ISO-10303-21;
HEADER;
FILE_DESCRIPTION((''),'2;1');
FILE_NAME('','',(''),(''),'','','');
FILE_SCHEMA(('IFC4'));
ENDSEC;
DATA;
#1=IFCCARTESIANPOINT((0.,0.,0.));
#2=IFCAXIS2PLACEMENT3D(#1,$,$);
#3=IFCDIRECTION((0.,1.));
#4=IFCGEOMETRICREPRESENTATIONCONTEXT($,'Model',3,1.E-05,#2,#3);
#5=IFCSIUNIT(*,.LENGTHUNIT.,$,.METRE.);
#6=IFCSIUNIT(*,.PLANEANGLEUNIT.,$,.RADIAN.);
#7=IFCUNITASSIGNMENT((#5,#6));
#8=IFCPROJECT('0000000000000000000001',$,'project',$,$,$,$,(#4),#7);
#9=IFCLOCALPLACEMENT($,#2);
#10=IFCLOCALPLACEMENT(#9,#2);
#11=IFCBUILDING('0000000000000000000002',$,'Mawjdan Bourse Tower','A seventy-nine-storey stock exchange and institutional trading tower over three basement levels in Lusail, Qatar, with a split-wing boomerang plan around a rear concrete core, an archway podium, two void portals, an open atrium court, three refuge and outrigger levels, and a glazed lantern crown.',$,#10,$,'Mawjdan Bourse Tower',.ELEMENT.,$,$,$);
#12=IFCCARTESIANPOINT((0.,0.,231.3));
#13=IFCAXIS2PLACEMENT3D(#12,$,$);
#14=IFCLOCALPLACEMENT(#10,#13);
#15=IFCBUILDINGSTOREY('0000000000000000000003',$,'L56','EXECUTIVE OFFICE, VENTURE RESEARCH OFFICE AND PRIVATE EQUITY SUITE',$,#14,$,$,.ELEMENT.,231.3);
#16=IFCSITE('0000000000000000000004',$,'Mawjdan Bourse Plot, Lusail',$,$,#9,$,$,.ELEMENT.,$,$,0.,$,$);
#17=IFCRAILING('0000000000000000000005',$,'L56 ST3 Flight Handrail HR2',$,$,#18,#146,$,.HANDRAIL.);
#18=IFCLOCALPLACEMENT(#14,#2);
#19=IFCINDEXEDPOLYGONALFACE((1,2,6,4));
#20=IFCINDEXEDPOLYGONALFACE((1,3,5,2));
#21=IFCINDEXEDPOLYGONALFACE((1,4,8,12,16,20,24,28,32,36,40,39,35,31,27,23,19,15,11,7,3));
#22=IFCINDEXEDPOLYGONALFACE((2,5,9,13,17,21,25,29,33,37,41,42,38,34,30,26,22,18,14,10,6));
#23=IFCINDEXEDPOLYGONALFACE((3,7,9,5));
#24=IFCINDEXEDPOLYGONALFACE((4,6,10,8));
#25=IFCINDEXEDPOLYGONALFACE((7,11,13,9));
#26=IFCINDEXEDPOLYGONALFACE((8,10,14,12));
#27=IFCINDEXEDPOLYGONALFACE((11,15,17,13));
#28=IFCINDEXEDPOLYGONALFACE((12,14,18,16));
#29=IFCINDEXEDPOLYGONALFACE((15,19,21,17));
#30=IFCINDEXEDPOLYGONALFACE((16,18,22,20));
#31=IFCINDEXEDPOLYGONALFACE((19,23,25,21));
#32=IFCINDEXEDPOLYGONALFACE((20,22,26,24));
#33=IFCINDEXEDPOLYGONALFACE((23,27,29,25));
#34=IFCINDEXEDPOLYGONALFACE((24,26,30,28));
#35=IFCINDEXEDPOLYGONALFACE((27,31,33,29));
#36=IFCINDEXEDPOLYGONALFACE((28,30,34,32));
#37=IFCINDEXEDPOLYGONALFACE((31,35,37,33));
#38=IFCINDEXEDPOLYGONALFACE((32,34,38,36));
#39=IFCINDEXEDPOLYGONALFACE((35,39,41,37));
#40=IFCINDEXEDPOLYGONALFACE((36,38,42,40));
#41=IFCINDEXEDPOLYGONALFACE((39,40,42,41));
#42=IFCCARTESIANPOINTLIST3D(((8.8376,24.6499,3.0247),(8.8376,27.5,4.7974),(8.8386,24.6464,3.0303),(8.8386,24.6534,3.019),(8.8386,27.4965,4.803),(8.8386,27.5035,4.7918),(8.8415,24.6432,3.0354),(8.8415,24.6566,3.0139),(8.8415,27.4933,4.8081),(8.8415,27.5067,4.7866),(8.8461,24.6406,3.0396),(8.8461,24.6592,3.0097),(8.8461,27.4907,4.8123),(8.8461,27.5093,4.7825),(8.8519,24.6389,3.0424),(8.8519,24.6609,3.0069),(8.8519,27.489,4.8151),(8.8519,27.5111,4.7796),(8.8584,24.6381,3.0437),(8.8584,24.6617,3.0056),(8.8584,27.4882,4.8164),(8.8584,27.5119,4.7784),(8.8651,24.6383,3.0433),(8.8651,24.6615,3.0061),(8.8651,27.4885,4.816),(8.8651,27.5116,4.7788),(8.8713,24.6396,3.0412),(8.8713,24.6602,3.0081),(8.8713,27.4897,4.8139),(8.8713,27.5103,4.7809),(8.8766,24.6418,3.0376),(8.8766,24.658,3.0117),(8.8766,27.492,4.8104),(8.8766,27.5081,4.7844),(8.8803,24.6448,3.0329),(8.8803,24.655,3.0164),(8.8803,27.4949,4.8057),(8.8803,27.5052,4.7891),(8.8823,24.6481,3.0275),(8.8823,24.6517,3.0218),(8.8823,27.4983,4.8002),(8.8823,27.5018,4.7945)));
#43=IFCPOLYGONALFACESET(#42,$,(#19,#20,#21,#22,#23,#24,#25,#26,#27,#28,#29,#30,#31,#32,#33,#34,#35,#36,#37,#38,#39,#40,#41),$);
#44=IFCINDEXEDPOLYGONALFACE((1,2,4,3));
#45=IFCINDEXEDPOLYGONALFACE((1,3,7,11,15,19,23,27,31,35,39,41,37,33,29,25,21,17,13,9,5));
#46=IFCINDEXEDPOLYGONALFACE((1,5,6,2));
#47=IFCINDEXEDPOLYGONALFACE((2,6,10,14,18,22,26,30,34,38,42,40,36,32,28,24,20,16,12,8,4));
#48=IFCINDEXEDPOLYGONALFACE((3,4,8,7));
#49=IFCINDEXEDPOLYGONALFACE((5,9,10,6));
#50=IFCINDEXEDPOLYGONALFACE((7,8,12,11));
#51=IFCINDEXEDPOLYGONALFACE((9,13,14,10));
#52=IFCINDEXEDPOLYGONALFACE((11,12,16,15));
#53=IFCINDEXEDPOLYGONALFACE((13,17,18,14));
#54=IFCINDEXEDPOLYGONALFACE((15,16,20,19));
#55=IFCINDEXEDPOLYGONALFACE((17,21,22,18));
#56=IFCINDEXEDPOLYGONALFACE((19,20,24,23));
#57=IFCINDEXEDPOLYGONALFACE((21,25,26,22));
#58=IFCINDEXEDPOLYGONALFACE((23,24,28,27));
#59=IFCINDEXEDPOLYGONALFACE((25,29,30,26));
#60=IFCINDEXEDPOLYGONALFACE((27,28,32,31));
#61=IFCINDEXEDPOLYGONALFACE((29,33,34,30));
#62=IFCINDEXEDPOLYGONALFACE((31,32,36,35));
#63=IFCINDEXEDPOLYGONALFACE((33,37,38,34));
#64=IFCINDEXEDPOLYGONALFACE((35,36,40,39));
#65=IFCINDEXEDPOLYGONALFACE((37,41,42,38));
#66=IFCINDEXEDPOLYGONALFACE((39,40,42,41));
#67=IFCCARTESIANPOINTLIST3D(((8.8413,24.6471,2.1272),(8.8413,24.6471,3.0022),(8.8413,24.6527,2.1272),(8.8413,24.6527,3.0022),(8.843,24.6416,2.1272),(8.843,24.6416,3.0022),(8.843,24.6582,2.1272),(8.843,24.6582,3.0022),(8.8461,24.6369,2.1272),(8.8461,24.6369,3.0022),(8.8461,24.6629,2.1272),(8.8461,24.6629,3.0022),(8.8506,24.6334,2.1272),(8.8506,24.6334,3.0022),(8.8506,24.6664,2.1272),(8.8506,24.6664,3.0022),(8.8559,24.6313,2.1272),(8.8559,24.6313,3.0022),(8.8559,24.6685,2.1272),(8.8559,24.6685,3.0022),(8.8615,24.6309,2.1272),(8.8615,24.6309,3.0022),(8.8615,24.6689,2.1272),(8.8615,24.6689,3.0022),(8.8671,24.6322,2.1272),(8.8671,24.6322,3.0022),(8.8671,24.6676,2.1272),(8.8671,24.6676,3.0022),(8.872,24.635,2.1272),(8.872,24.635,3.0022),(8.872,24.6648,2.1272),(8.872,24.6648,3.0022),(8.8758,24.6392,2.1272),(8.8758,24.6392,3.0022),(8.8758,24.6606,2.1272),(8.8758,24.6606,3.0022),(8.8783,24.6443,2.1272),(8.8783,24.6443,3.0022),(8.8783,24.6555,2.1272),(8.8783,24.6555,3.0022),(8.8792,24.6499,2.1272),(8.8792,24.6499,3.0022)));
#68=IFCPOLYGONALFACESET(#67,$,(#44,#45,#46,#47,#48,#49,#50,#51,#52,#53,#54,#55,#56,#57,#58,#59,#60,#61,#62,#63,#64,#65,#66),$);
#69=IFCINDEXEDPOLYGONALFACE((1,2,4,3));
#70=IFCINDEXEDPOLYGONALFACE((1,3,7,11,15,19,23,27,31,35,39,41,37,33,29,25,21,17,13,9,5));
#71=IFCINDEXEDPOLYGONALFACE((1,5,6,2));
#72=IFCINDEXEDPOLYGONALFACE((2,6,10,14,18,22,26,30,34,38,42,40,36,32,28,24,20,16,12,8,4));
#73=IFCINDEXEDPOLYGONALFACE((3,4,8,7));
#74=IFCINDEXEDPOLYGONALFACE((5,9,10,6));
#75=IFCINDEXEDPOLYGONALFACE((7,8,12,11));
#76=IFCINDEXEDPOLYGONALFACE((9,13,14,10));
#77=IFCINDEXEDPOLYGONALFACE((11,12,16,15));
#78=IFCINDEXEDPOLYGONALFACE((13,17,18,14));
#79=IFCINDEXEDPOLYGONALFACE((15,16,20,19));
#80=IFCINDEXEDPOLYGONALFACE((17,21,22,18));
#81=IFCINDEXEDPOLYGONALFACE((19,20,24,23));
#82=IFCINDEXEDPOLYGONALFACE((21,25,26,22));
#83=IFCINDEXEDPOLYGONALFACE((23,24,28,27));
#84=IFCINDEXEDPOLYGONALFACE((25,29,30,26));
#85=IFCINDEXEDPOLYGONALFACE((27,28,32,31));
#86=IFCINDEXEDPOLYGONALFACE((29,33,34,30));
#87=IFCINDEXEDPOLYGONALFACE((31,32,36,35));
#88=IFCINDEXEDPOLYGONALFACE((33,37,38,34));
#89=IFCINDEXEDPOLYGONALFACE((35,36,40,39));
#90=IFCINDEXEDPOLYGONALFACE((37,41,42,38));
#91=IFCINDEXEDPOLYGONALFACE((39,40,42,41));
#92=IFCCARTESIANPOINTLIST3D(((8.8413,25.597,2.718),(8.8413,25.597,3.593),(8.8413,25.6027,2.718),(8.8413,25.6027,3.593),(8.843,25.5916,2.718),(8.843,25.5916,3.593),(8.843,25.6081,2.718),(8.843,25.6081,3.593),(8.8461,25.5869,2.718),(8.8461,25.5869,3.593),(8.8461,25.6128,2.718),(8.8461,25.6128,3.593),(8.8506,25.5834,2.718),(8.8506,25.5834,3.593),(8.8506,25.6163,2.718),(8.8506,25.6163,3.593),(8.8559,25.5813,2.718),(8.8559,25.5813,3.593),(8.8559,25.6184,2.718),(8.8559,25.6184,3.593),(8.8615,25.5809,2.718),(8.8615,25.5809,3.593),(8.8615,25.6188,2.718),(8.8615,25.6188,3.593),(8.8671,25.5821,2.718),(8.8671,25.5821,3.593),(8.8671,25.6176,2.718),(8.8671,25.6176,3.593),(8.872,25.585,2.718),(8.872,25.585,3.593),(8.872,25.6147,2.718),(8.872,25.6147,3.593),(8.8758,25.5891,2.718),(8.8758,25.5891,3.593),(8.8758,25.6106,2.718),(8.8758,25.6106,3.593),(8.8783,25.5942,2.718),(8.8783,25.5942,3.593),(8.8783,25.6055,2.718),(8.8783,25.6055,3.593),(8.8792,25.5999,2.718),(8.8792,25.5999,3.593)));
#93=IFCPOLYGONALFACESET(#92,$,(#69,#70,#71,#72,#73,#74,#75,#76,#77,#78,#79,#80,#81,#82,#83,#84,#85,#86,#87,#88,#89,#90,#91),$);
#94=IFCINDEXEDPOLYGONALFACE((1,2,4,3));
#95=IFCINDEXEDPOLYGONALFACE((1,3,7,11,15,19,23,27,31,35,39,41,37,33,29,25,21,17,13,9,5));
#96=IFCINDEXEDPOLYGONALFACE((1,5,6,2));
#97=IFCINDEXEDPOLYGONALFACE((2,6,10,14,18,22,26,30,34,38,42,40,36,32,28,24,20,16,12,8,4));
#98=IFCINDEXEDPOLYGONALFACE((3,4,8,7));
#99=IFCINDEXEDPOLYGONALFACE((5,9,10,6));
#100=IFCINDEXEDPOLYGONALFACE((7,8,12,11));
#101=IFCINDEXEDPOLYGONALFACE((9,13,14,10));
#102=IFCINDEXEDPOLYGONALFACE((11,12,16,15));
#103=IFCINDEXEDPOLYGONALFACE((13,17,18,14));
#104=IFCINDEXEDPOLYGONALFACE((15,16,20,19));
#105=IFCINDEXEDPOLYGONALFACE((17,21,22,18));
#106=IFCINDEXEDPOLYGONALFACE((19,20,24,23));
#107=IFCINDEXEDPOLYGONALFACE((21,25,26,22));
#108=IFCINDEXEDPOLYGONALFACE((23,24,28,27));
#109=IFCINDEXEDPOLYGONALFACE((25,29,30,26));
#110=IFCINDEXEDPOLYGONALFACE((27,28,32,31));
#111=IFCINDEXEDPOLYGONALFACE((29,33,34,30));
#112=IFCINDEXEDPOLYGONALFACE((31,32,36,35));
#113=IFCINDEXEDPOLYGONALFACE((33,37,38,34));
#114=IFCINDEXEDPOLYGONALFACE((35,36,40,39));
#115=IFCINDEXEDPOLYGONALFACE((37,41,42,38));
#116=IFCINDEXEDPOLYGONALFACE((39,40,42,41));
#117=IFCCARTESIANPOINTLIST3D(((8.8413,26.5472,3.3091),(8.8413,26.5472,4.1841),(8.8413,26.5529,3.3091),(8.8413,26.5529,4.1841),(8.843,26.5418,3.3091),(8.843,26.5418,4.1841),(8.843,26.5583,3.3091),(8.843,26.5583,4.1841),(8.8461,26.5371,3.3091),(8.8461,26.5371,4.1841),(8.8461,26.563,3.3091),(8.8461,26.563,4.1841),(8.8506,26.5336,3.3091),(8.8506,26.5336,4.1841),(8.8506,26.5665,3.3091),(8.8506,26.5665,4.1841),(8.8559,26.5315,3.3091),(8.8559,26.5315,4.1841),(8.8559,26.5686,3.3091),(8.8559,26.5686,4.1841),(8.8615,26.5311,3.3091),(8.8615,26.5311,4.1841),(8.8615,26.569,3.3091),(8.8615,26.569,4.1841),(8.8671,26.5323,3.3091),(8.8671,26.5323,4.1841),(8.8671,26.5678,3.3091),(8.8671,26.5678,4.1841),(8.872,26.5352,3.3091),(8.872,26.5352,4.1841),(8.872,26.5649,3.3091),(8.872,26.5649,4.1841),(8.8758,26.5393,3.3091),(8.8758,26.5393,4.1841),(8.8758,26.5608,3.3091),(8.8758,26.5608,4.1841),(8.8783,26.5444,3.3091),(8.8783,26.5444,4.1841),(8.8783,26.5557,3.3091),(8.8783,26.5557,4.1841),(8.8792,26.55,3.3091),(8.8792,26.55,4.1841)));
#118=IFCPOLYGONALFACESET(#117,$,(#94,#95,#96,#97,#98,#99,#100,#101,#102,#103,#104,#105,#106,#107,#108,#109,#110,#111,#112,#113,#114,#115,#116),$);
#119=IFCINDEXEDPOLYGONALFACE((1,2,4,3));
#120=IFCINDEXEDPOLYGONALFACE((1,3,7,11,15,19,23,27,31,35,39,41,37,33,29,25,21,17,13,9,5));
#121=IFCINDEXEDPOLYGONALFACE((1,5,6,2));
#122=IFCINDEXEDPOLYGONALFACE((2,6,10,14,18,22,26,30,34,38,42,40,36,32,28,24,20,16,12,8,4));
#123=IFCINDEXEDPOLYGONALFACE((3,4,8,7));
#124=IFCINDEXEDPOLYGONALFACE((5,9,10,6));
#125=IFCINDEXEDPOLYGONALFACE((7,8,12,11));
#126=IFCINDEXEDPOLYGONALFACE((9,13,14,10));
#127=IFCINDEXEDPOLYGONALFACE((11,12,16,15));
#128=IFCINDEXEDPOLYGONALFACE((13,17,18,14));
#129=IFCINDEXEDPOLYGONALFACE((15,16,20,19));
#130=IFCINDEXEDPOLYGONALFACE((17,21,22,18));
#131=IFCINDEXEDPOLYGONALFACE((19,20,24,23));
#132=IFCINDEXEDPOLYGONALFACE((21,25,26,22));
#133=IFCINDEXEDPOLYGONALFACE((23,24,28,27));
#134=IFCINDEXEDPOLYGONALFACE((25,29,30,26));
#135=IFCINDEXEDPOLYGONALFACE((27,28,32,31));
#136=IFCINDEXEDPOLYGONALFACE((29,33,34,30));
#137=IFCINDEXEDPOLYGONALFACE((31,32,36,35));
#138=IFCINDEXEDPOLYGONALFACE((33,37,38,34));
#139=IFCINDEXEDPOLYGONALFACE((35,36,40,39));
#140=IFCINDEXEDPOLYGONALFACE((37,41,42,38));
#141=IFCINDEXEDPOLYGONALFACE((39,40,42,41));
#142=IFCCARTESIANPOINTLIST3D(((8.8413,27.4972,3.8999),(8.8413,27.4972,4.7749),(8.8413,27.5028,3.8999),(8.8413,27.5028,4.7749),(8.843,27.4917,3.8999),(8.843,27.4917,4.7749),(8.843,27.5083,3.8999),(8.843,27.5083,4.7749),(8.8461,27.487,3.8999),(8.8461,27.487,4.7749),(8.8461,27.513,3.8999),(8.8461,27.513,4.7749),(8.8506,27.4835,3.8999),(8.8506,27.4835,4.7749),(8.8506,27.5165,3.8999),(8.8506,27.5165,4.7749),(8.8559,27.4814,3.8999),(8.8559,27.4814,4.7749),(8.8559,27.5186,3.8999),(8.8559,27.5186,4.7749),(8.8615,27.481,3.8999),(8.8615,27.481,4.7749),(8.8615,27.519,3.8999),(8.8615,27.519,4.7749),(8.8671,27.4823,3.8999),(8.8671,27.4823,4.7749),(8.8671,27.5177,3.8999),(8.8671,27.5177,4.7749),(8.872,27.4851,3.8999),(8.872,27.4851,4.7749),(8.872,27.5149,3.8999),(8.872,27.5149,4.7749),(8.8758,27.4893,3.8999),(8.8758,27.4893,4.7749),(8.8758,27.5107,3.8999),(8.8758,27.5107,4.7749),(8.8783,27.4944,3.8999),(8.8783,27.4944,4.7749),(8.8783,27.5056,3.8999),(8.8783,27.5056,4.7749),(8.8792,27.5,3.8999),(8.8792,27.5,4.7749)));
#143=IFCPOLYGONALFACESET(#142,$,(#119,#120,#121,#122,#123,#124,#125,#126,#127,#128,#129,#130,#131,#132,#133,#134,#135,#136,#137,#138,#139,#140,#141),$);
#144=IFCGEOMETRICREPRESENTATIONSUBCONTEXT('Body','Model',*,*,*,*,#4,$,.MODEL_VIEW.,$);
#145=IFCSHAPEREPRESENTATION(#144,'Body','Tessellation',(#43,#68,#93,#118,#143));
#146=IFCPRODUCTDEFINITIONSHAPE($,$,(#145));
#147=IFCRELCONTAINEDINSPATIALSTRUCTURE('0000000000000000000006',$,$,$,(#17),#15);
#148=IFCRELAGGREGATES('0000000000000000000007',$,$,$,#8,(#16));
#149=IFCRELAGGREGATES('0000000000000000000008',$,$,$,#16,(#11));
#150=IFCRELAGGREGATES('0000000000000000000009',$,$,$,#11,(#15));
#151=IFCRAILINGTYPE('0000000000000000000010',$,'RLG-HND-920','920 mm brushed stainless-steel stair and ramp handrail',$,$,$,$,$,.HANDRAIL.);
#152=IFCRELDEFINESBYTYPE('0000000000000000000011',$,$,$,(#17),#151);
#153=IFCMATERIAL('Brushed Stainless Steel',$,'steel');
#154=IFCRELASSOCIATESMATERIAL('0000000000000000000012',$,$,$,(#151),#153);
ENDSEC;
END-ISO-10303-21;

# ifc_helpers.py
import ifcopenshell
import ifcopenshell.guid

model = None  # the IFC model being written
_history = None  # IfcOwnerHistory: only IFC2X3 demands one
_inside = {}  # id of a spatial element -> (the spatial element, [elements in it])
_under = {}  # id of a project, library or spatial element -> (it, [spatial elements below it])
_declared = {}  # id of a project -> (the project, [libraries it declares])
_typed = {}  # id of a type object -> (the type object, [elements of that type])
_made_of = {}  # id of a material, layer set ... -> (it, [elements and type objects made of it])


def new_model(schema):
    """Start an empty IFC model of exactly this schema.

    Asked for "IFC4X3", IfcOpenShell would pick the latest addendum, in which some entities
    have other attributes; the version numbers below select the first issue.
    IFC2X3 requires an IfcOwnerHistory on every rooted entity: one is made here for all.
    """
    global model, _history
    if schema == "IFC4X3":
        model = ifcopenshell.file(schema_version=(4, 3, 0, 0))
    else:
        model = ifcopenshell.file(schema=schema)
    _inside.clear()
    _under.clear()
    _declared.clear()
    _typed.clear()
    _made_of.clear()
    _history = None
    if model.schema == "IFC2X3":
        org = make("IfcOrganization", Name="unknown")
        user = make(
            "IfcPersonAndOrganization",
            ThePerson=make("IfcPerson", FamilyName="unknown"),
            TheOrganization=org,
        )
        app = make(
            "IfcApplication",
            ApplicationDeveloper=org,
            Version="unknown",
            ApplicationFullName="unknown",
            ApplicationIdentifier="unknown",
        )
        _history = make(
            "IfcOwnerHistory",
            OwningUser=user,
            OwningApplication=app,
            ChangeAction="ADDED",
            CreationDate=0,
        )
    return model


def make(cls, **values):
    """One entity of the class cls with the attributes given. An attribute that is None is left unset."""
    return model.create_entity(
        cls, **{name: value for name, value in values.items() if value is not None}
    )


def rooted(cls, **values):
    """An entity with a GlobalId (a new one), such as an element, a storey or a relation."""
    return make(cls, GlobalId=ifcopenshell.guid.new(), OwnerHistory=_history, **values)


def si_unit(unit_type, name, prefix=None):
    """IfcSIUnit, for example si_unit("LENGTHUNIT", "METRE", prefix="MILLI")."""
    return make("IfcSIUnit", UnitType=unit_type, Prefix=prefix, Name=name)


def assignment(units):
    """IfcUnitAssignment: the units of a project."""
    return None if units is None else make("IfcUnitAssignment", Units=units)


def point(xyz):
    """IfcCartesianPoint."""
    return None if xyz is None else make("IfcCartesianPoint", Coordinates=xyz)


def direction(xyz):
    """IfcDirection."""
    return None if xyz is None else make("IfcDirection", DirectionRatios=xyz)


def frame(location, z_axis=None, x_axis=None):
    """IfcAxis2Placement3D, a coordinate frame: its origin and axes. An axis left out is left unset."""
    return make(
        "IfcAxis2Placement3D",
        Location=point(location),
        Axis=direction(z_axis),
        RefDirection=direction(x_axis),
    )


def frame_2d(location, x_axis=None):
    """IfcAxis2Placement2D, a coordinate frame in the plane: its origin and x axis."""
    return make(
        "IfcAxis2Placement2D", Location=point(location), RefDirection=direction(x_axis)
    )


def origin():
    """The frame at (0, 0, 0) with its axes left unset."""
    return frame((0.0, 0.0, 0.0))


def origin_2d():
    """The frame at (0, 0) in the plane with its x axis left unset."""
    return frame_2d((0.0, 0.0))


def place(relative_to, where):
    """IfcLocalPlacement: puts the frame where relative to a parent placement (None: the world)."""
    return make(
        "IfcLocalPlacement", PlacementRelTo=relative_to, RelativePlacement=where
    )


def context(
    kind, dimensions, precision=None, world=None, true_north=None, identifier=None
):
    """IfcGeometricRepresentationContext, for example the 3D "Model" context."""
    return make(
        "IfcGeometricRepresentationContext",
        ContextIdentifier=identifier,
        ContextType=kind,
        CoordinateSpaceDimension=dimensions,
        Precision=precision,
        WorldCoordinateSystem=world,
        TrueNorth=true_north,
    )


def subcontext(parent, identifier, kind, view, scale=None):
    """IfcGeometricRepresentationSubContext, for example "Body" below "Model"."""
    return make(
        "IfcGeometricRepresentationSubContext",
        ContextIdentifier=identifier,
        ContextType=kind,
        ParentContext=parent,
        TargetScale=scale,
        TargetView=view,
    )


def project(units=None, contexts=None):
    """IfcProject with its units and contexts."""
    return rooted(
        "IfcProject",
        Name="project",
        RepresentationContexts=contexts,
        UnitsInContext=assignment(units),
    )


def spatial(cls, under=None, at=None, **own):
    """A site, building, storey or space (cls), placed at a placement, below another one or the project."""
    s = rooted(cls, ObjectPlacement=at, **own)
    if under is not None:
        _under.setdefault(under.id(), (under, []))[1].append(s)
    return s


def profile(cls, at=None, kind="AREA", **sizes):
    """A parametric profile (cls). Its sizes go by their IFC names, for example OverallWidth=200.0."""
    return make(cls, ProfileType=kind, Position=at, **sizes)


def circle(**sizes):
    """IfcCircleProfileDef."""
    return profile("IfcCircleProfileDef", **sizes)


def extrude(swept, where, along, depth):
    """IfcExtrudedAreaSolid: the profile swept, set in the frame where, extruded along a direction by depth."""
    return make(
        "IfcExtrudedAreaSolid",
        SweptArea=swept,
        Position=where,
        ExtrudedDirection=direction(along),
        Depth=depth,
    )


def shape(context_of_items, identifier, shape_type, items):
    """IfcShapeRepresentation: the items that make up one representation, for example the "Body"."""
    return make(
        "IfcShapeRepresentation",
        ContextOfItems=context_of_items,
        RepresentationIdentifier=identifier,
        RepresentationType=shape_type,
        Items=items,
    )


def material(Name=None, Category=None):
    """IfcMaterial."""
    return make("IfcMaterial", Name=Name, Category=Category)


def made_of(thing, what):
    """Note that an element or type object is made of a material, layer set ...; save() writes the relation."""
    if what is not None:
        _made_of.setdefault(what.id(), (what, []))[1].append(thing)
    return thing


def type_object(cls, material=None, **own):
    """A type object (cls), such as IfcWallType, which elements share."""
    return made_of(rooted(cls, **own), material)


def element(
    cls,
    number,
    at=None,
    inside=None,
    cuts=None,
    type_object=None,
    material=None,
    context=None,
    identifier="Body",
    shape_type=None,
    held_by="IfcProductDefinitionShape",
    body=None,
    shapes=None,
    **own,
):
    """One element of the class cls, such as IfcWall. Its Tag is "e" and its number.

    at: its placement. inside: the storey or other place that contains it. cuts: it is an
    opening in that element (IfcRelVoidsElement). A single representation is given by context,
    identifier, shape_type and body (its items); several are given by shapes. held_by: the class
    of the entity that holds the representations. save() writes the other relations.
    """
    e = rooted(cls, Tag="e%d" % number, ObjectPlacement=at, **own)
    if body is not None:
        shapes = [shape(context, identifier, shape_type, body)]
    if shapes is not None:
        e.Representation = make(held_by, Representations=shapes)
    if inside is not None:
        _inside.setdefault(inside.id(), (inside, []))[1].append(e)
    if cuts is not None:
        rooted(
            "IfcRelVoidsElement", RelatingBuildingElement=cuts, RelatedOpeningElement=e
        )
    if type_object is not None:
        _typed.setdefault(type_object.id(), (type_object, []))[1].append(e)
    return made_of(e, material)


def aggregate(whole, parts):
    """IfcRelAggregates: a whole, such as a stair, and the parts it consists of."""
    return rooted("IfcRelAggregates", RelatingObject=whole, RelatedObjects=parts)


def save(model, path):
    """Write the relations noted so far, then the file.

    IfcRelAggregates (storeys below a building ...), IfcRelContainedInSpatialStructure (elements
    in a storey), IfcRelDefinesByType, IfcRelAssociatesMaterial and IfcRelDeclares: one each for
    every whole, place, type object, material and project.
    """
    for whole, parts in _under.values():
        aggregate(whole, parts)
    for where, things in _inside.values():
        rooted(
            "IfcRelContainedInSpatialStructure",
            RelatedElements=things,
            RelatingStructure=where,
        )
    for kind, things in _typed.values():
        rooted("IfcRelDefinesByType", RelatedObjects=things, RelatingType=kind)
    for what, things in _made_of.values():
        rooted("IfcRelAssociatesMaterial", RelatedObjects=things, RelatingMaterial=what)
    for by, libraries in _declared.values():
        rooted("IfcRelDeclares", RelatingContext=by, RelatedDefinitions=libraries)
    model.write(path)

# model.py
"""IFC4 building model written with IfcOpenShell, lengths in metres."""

from ifc_helpers import new_model, si_unit, direction, frame, origin, origin_2d, place, context, subcontext, project, spatial, circle, extrude, material, type_object, element, save


model = new_model("IFC4")

# Units and contexts
model_context = context("Model", 3, precision=1e-05, world=origin(), true_north=direction((0.0, 1.0)))
body_context = subcontext(model_context, "Body", "Model", "MODEL_VIEW")
ifc_project = project(units=[si_unit("LENGTHUNIT", "METRE"), si_unit("PLANEANGLEUNIT", "RADIAN")], contexts=[model_context])

# Site, building, storey
site_placement = place(None, origin())
site = spatial("IfcSite", under=ifc_project, at=site_placement, Name="Mawjdan Bourse Plot, Lusail", CompositionType="ELEMENT", RefElevation=0.0)
building_placement = place(site_placement, origin())
building = spatial("IfcBuilding", under=site, at=building_placement, Name="Mawjdan Bourse Tower", Description="A seventy-nine-storey stock exchange and institutional trading tower over three basement levels in Lusail, Qatar, with a split-wing boomerang plan around a rear concrete core, an archway podium, two void portals, an open atrium court, three refuge and outrigger levels, and a glazed lantern crown.", LongName="Mawjdan Bourse Tower", CompositionType="ELEMENT")
storey_placement = place(building_placement, frame((0.0, 0.0, 231.3)))
storey = spatial("IfcBuildingStorey", under=building, at=storey_placement, Name="L56", Description="EXECUTIVE OFFICE, VENTURE RESEARCH OFFICE AND PRIVATE EQUITY SUITE", CompositionType="ELEMENT", Elevation=231.3)

# Railing
ifc_material_1 = material(Name="Brushed Stainless Steel", Category="steel")
railing_type_1 = type_object("IfcRailingType", Name="RLG-HND-920", Description="920 mm brushed stainless-steel stair and ramp handrail", PredefinedType="HANDRAIL", material=ifc_material_1)
railing_1_placement = place(storey_placement, frame((8.8601, 24.6499, 2.1272)))
element("IfcRailing", 1, at=railing_1_placement, inside=storey, type_object=railing_type_1, Name="L56 ST3 Flight Handrail HR2", PredefinedType="HANDRAIL", context=body_context, shape_type="SweptSolid", body=[
    extrude(circle(Radius=0.0225, at=origin_2d()), frame((0.0, 0.0, 0.8975), z_axis=(0.0, 0.849149, 0.528154), x_axis=(-1.0, 0.0, 0.0)), (0.0, 0.0, 1.0), 3.3564),
    extrude(circle(Radius=0.019, at=origin_2d()), origin(), (0.0, 0.0, 1.0), 0.875),
    extrude(circle(Radius=0.019, at=origin_2d()), frame((0.0, 0.95, 0.5908)), (0.0, 0.0, 1.0), 0.875),
    extrude(circle(Radius=0.019, at=origin_2d()), frame((0.0, 1.9001, 1.1819)), (0.0, 0.0, 1.0), 0.875),
    extrude(circle(Radius=0.019, at=origin_2d()), frame((0.0, 2.8501, 1.7727)), (0.0, 0.0, 1.0), 0.875),
])

save(model, "model.ifc")
